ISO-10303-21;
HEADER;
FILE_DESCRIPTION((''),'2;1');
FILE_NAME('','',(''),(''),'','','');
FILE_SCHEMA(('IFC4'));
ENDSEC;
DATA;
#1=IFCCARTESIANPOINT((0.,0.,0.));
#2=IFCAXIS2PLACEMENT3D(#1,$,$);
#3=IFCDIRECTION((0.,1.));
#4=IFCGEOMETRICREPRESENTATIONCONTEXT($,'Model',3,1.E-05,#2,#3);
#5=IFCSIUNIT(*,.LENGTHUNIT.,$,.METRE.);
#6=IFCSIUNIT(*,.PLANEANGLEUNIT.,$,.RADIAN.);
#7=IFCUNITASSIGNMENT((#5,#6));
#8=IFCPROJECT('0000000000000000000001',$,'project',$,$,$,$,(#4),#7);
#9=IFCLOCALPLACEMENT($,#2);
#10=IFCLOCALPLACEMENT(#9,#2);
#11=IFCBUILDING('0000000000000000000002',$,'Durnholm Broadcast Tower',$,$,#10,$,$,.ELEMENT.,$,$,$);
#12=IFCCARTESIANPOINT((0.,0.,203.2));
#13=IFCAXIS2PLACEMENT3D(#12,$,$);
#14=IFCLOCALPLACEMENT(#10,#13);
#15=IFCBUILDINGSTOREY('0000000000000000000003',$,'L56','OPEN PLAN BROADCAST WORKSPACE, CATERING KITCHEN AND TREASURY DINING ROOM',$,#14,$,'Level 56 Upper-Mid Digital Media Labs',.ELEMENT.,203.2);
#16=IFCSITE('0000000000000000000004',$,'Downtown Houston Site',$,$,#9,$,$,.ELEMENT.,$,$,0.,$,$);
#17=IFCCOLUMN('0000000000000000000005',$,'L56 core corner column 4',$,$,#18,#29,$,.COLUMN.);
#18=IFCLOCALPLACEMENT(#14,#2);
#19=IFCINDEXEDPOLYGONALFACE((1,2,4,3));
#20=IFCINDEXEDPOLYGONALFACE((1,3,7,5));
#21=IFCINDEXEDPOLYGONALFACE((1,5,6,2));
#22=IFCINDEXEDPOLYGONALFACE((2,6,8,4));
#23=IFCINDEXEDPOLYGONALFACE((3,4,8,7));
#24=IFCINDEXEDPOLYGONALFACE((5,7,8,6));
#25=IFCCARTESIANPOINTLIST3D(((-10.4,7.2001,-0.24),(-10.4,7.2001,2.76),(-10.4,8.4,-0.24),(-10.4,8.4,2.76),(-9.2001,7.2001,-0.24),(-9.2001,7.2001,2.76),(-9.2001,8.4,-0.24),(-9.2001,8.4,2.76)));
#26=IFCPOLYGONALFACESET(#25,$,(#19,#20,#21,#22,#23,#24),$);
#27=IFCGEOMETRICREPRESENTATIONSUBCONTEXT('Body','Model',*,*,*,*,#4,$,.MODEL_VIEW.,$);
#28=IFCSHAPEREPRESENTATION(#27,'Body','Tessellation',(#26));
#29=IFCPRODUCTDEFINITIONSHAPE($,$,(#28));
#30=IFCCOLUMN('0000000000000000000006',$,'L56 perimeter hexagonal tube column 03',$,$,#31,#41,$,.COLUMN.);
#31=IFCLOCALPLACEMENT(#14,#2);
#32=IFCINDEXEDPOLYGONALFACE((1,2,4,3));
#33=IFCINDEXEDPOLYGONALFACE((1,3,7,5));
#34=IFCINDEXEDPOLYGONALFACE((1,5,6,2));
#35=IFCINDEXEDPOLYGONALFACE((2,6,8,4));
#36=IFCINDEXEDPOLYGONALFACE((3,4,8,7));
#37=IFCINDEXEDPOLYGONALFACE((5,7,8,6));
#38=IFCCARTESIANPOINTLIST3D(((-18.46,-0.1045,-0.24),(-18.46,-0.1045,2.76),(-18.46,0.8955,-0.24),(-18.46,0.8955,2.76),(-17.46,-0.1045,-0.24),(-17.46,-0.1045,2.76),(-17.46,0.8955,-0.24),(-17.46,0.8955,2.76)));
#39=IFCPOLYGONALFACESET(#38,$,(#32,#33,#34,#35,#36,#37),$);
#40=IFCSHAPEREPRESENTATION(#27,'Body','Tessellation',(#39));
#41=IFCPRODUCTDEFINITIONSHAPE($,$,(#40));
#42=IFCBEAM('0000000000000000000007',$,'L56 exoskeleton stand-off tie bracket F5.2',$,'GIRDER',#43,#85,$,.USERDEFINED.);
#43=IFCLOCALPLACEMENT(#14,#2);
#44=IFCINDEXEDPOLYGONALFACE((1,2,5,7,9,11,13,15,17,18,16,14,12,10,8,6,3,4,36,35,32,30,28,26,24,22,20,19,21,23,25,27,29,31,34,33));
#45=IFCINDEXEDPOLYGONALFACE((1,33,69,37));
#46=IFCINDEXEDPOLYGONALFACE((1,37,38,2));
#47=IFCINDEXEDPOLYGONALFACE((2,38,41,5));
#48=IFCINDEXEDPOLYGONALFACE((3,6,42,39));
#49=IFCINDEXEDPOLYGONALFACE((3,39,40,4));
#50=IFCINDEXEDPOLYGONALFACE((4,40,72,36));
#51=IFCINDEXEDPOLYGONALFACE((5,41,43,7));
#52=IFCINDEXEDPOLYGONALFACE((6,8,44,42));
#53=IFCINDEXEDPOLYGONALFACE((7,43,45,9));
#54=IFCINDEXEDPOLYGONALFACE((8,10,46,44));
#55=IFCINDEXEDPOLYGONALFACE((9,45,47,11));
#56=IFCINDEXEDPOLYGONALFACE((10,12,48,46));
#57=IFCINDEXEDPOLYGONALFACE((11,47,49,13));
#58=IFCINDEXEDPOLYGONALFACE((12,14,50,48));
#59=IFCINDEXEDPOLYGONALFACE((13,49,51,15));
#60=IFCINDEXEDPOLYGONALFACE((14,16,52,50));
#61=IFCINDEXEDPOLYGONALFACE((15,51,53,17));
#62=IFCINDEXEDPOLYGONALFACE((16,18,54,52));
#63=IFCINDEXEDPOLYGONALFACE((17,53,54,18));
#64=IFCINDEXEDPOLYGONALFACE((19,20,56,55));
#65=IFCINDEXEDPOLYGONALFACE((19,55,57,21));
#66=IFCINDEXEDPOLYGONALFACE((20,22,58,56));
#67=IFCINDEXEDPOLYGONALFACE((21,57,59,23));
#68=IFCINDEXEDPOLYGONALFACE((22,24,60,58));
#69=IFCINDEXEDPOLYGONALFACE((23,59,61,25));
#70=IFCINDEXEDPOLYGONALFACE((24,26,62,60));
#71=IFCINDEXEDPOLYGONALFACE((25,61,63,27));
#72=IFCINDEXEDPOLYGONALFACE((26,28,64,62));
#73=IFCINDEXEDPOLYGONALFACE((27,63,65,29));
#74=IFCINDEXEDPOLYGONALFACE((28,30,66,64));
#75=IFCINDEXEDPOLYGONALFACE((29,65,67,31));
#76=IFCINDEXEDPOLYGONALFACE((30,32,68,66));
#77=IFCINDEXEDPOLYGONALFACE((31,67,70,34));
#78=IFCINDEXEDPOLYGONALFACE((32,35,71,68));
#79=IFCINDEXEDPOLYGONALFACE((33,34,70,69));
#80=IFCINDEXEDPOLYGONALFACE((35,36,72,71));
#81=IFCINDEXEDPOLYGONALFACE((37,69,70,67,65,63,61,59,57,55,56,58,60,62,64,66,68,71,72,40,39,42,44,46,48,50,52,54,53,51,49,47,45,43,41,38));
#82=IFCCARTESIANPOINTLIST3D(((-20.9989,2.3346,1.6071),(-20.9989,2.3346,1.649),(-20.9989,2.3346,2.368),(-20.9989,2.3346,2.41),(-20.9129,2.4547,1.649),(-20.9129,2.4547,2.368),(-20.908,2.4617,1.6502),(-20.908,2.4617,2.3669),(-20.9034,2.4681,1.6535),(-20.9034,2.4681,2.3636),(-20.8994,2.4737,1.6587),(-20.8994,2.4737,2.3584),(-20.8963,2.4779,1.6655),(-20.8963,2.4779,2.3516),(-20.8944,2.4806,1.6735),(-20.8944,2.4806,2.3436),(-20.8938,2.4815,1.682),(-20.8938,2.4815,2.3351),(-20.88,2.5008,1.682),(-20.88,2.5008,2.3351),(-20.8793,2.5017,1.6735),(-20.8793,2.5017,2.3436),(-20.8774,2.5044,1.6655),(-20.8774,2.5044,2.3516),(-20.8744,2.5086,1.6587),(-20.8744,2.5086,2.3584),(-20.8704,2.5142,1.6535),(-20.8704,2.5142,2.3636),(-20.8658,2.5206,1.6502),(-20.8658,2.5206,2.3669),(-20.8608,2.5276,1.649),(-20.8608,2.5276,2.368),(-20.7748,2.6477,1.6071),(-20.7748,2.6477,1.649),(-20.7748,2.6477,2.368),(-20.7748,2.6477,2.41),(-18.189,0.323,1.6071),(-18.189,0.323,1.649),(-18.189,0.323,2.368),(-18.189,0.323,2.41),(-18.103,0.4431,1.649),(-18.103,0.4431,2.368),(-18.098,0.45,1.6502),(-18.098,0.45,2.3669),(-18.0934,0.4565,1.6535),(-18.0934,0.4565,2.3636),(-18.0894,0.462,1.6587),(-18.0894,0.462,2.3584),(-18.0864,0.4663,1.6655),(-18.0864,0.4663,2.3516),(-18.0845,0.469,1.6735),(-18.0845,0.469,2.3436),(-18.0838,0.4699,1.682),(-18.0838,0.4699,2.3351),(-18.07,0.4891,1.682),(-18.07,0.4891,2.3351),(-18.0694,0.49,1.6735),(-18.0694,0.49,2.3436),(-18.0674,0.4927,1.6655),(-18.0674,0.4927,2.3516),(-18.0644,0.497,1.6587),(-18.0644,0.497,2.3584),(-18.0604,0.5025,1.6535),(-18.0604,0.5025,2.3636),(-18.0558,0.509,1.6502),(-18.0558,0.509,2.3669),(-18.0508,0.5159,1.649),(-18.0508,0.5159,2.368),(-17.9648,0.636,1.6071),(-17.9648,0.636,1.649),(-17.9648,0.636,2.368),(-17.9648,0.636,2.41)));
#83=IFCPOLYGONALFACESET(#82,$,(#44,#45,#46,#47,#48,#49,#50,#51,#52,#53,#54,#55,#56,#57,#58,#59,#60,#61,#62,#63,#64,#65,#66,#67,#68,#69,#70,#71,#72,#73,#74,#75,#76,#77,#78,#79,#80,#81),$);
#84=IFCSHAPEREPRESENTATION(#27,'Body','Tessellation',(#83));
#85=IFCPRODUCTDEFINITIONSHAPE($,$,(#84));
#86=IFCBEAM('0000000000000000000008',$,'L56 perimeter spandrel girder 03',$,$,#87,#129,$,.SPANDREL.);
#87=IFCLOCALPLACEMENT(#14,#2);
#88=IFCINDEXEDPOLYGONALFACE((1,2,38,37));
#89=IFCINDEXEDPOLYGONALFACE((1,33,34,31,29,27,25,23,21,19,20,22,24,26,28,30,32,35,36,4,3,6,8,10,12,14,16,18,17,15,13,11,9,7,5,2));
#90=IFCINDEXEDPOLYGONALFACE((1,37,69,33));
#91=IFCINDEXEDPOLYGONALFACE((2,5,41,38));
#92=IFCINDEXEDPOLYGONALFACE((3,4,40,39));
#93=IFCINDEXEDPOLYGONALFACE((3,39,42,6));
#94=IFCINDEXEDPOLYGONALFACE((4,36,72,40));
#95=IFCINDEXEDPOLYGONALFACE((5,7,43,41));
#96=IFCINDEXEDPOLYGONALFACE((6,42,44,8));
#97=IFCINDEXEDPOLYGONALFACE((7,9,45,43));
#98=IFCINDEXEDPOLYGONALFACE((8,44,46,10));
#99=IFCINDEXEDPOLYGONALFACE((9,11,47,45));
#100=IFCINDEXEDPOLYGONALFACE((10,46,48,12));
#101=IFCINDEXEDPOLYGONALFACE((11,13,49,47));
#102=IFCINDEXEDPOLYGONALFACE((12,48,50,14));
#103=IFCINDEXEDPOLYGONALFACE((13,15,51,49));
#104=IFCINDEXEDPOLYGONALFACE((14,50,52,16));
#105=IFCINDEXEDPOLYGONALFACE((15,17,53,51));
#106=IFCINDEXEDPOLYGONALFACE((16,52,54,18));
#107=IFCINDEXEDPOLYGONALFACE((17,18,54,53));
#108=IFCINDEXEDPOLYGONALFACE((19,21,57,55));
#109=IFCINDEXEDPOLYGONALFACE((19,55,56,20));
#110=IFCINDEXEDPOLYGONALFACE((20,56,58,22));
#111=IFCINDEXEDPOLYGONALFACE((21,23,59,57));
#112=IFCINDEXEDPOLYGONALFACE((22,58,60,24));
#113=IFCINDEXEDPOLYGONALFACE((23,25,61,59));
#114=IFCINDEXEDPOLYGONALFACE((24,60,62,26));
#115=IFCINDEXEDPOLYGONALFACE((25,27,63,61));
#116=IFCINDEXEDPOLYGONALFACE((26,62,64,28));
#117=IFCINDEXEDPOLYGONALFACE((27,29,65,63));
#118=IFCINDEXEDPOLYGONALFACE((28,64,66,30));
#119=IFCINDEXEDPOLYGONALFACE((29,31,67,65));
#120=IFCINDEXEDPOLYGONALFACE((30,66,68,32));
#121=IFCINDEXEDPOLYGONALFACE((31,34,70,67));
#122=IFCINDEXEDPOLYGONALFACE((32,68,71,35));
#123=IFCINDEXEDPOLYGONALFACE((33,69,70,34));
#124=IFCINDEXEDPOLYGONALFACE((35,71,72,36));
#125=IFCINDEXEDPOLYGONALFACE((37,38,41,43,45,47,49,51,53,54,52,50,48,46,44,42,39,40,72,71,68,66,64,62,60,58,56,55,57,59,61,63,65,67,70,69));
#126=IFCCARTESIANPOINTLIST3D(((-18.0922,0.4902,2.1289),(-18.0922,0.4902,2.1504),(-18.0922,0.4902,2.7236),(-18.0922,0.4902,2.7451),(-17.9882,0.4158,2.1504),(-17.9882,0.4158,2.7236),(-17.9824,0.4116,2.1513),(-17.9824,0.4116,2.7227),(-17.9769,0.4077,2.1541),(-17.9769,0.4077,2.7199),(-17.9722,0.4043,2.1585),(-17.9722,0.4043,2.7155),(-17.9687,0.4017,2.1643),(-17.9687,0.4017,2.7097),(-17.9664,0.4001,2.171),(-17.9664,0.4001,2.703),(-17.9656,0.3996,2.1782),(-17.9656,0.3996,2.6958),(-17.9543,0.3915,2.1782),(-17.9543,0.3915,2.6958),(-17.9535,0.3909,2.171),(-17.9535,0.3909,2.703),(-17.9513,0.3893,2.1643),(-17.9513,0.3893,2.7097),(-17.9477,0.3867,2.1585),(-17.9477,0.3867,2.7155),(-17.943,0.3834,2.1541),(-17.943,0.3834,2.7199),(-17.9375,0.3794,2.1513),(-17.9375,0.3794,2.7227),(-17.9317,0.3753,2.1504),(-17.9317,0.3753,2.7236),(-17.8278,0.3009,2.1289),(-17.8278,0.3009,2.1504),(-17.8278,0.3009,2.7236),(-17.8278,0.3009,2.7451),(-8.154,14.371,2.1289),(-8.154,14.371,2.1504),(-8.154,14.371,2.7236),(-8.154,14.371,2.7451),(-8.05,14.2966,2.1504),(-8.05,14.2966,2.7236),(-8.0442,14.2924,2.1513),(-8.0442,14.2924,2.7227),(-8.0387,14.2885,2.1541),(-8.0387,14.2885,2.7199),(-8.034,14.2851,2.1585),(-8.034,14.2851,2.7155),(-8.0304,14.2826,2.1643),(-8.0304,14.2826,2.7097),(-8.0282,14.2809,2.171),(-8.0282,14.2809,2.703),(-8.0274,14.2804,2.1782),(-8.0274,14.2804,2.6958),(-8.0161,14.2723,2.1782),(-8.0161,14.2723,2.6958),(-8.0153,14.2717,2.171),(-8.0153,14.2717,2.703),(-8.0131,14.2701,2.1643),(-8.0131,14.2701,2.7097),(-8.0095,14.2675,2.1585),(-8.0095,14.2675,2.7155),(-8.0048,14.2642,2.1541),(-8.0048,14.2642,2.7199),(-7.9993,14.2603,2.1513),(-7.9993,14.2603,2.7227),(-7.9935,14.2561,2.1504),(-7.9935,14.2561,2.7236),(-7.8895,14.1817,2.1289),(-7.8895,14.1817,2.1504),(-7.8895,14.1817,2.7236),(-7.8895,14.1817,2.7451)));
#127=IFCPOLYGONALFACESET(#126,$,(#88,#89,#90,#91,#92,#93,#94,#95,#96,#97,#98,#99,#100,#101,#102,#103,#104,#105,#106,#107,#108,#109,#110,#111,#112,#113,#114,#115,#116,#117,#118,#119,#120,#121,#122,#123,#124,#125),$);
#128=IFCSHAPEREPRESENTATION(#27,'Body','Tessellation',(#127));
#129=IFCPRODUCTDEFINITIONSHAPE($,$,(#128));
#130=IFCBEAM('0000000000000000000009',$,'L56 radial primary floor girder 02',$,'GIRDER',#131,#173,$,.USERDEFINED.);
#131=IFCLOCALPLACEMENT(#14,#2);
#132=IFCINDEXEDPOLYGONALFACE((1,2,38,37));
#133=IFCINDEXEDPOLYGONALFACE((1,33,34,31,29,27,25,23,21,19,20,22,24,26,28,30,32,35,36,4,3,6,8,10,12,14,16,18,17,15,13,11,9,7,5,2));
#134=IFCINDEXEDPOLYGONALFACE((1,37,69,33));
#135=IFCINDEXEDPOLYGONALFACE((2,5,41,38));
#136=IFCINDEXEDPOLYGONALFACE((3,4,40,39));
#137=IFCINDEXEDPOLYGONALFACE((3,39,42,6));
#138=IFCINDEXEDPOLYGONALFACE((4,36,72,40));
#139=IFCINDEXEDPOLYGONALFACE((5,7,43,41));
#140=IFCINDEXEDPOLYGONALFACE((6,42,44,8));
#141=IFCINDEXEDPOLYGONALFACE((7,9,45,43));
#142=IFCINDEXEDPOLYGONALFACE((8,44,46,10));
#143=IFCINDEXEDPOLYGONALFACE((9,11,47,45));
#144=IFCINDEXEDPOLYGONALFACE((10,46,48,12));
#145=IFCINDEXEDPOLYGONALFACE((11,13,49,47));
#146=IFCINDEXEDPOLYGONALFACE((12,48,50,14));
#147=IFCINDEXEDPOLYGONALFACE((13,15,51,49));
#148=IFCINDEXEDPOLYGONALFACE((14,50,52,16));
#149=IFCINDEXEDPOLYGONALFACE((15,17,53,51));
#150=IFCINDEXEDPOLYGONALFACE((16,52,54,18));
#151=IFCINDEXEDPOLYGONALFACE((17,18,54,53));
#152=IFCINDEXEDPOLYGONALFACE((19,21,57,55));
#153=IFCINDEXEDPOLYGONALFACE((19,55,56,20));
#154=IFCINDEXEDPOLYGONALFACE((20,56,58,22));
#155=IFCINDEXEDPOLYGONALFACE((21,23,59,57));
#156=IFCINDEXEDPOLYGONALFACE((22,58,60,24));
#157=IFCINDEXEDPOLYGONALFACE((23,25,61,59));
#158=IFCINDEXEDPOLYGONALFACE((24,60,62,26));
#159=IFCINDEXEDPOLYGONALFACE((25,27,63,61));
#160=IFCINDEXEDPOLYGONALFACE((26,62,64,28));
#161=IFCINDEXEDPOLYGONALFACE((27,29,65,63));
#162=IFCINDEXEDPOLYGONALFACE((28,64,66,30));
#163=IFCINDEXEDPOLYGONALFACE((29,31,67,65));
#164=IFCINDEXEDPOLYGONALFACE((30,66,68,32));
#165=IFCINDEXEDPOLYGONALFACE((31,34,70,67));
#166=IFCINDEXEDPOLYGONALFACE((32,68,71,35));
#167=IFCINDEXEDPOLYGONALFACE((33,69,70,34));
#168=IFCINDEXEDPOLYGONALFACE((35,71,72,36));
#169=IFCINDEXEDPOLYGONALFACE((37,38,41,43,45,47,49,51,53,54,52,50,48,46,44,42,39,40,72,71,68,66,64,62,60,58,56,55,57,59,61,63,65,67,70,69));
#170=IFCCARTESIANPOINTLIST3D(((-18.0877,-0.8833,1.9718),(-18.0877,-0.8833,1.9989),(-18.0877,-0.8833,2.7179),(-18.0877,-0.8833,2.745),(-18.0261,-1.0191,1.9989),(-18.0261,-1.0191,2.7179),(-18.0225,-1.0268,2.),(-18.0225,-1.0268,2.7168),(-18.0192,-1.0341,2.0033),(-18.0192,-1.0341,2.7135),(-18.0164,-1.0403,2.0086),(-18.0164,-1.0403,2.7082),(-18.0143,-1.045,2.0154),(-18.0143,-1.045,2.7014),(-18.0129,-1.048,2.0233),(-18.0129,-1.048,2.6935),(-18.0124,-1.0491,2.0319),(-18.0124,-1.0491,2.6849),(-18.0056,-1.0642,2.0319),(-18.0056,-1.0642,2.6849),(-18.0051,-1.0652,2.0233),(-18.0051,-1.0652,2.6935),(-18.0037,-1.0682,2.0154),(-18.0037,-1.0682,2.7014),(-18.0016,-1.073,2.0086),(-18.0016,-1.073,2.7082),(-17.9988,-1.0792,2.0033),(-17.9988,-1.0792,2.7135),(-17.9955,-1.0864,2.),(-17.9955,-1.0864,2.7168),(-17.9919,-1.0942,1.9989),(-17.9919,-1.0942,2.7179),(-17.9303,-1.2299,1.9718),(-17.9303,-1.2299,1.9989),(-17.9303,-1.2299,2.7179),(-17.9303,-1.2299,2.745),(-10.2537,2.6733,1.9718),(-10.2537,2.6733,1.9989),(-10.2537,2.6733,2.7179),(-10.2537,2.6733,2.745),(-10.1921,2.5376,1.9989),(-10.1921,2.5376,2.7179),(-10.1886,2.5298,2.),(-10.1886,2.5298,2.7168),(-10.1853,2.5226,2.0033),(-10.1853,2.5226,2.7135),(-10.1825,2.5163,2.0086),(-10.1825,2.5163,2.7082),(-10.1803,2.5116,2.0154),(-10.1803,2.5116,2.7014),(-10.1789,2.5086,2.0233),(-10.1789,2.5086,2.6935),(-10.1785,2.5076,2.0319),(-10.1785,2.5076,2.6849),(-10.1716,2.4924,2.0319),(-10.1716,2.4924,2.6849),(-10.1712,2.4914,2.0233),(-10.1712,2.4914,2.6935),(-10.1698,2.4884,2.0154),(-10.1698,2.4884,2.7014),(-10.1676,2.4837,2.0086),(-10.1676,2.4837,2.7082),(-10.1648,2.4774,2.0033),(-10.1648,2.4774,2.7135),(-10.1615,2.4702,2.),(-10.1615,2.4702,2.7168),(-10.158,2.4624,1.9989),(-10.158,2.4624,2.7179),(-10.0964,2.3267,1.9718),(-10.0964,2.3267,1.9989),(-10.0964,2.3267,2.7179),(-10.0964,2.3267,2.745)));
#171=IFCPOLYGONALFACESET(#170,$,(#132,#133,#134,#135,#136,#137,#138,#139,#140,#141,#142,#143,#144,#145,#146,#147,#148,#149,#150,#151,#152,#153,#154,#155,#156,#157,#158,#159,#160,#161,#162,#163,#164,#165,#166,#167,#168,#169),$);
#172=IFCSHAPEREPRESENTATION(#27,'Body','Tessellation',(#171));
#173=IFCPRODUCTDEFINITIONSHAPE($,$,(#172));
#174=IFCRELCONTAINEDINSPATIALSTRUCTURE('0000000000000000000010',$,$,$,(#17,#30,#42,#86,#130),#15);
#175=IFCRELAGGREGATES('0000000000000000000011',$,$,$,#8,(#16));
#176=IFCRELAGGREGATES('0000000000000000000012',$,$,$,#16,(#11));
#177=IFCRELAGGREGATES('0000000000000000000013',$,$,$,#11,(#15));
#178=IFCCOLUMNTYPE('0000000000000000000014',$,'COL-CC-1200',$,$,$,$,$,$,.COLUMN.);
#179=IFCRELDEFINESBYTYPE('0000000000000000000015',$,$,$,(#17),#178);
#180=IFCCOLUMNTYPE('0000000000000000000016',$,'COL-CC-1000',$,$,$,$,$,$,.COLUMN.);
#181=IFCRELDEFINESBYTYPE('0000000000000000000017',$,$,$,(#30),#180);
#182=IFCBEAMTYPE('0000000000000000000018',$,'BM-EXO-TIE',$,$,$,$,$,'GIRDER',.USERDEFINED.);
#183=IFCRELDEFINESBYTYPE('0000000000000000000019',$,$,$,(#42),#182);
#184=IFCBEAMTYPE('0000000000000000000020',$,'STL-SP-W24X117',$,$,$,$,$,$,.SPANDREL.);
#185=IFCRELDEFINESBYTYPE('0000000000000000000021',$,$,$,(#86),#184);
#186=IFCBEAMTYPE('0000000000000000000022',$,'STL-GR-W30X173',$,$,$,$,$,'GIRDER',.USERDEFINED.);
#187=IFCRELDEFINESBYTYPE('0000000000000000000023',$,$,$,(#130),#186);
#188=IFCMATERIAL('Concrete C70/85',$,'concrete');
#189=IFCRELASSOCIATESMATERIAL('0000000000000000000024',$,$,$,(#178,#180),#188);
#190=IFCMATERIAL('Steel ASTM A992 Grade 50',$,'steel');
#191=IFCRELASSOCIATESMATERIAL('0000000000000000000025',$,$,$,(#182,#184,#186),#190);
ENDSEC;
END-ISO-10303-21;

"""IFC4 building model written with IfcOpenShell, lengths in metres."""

from ifc_helpers import new_model, si_unit, direction, frame, origin, origin_2d, place, context, subcontext, project, spatial, rectangle, i_section, extrude, source, transform, mapped, material, material_profile, profile_set, type_object, type_shapes, element, save


model = new_model("IFC4")

# Units and contexts
model_context = context("Model", 3, precision=1e-05, world=origin(), true_north=direction((0.0, 1.0)))
body_context = subcontext(model_context, "Body", "Model", "MODEL_VIEW")
ifc_project = project(units=[si_unit("LENGTHUNIT", "METRE"), si_unit("PLANEANGLEUNIT", "RADIAN")], contexts=[model_context])

# Site, building, storey
site_placement = place(None, origin())
site = spatial("IfcSite", under=ifc_project, at=site_placement, Name="Downtown Houston Site", CompositionType="ELEMENT", RefElevation=0.0)
building_placement = place(site_placement, origin())
building = spatial("IfcBuilding", under=site, at=building_placement, Name="Durnholm Broadcast Tower", CompositionType="ELEMENT")
storey_placement = place(building_placement, frame((0.0, 0.0, 203.2)))
storey = spatial("IfcBuildingStorey", under=building, at=storey_placement, Name="L56", Description="OPEN PLAN BROADCAST WORKSPACE, CATERING KITCHEN AND TREASURY DINING ROOM", LongName="Level 56 Upper-Mid Digital Media Labs", CompositionType="ELEMENT", Elevation=203.2)

# Columns
ifc_material_1 = material(Name="Concrete C70/85", Category="concrete")
ifc_material_profile_1 = material_profile(ifc_material_1, rectangle(XDim=1.2, YDim=1.2, at=origin_2d()), Name="RC1200X1200")
ifc_profile_set_1 = profile_set([ifc_material_profile_1], Name="Concrete C70/85")
column_type_1 = type_object("IfcColumnType", Name="COL-CC-1200", PredefinedType="COLUMN", material=ifc_profile_set_1)
shared_shape_1 = source(origin(), body_context, "Body", "SweptSolid", [
    extrude(rectangle(XDim=1.2, YDim=1.2, at=origin_2d()), origin(), (0.0, 0.0, 1.0), 3.0),
])
type_shapes(column_type_1, [shared_shape_1])
column_1_placement = place(storey_placement, frame((-9.8, 7.8, -0.24), z_axis=(0.0, 0.0, 1.0), x_axis=(1.0, 0.0, 0.0)))
element("IfcColumn", 1, at=column_1_placement, inside=storey, type_object=column_type_1, Name="L56 core corner column 4", PredefinedType="COLUMN", context=body_context, shape_type="MappedRepresentation", body=[
    mapped(shared_shape_1, transform((0.0, 0.0, 0.0), x_axis=(1.0, 0.0, 0.0), y_axis=(0.0, 1.0, 0.0), z_axis=(0.0, 0.0, 1.0), scale=1.0)),
])
ifc_material_profile_2 = material_profile(ifc_material_1, rectangle(XDim=1.0, YDim=1.0, at=origin_2d()), Name="RC1000X1000")
ifc_profile_set_2 = profile_set([ifc_material_profile_2], Name="Concrete C70/85")
column_type_2 = type_object("IfcColumnType", Name="COL-CC-1000", PredefinedType="COLUMN", material=ifc_profile_set_2)
shared_shape_2 = source(origin(), body_context, "Body", "SweptSolid", [
    extrude(rectangle(XDim=1.0, YDim=1.0, at=origin_2d()), origin(), (0.0, 0.0, 1.0), 3.0),
])
type_shapes(column_type_2, [shared_shape_2])
column_2_placement = place(storey_placement, frame((-17.96, 0.3955, -0.24), z_axis=(0.0, 0.0, 1.0), x_axis=(1.0, 0.0, 0.0)))
element("IfcColumn", 2, at=column_2_placement, inside=storey, type_object=column_type_2, Name="L56 perimeter hexagonal tube column 03", PredefinedType="COLUMN", context=body_context, shape_type="MappedRepresentation", body=[
    mapped(shared_shape_2, transform((0.0, 0.0, 0.0), x_axis=(1.0, 0.0, 0.0), y_axis=(0.0, 1.0, 0.0), z_axis=(0.0, 0.0, 1.0), scale=1.0)),
])

# Beams
ifc_material_2 = material(Name="Steel ASTM A992 Grade 50", Category="steel")
ifc_material_profile_3 = material_profile(ifc_material_2, i_section(OverallWidth=0.385, OverallDepth=0.803, WebThickness=0.0237, FlangeThickness=0.042, FilletRadius=0.033, at=origin_2d()), Name="W30X261")
ifc_profile_set_3 = profile_set([ifc_material_profile_3], Name="Steel ASTM A992 Grade 50")
beam_type_1 = type_object("IfcBeamType", Name="BM-EXO-TIE", ElementType="GIRDER", PredefinedType="USERDEFINED", material=ifc_profile_set_3)
shared_shape_3 = source(origin(), body_context, "Body", "SweptSolid", [
    extrude(i_section(OverallWidth=0.385, OverallDepth=0.803, WebThickness=0.0237, FlangeThickness=0.042, FilletRadius=0.033, at=origin_2d()), origin(), (0.0, 0.0, 1.0), 3.4558),
])
type_shapes(beam_type_1, [shared_shape_3])
beam_1_placement = place(storey_placement, frame((-18.0769, 0.4795, 2.0085), z_axis=(-0.813112, 0.582107, 0.0), x_axis=(-0.582107, -0.813112, 0.0)))
element("IfcBeam", 3, at=beam_1_placement, inside=storey, type_object=beam_type_1, Name="L56 exoskeleton stand-off tie bracket F5.2", ObjectType="GIRDER", PredefinedType="USERDEFINED", context=body_context, shape_type="MappedRepresentation", body=[
    mapped(shared_shape_3, transform((0.0, 0.0, 0.0), x_axis=(1.0, 0.0, 0.0), y_axis=(0.0, 1.0, 0.0), z_axis=(0.0, 0.0, 1.0), scale=1.0)),
])
ifc_material_profile_4 = material_profile(ifc_material_2, i_section(OverallWidth=0.3252, OverallDepth=0.6162, WebThickness=0.0139, FlangeThickness=0.0215, FilletRadius=0.0278, at=origin_2d()), Name="W24X117")
ifc_profile_set_4 = profile_set([ifc_material_profile_4], Name="Steel ASTM A992 Grade 50")
beam_type_2 = type_object("IfcBeamType", Name="STL-SP-W24X117", PredefinedType="SPANDREL", material=ifc_profile_set_4)
shared_shape_4 = source(origin(), body_context, "Body", "SweptSolid", [
    extrude(i_section(OverallWidth=0.3252, OverallDepth=0.6162, WebThickness=0.0139, FlangeThickness=0.0215, FilletRadius=0.0278, at=origin_2d()), origin(), (0.0, 0.0, 1.0), 17.0718),
])
type_shapes(beam_type_2, [shared_shape_4])
beam_2_placement = place(storey_placement, frame((-17.96, 0.3955, 2.437), z_axis=(0.582143, 0.813087, 0.0), x_axis=(-0.813087, 0.582143, 0.0)))
element("IfcBeam", 4, at=beam_2_placement, inside=storey, type_object=beam_type_2, Name="L56 perimeter spandrel girder 03", PredefinedType="SPANDREL", context=body_context, shape_type="MappedRepresentation", body=[
    mapped(shared_shape_4, transform((0.0, 0.0, 0.0), x_axis=(1.0, 0.0, 0.0), y_axis=(0.0, 1.0, 0.0), z_axis=(0.0, 0.0, 1.0), scale=1.0)),
])
ifc_material_profile_5 = material_profile(ifc_material_2, i_section(OverallWidth=0.3806, OverallDepth=0.7732, WebThickness=0.0166, FlangeThickness=0.0271, FilletRadius=0.033, at=origin_2d()), Name="W30X173")
ifc_profile_set_5 = profile_set([ifc_material_profile_5], Name="Steel ASTM A992 Grade 50")
beam_type_3 = type_object("IfcBeamType", Name="STL-GR-W30X173", ElementType="GIRDER", PredefinedType="USERDEFINED", material=ifc_profile_set_5)
shared_shape_5 = source(origin(), body_context, "Body", "SweptSolid", [
    extrude(i_section(OverallWidth=0.3806, OverallDepth=0.7732, WebThickness=0.0166, FlangeThickness=0.0271, FilletRadius=0.033, at=origin_2d()), origin(), (0.0, 0.0, 1.0), 8.6035),
])
beam_3_placement = place(storey_placement, frame((-10.175, 2.5, 2.3584), z_axis=(-0.910553, -0.413392, 0.0), x_axis=(0.413392, -0.910553, 0.0)))
element("IfcBeam", 5, at=beam_3_placement, inside=storey, type_object=beam_type_3, Name="L56 radial primary floor girder 02", ObjectType="GIRDER", PredefinedType="USERDEFINED", context=body_context, shape_type="MappedRepresentation", body=[
    mapped(shared_shape_5, transform((0.0, 0.0, 0.0), x_axis=(1.0, 0.0, 0.0), y_axis=(0.0, 1.0, 0.0), z_axis=(0.0, 0.0, 1.0), scale=1.0)),
])

save(model, "model.ifc")
